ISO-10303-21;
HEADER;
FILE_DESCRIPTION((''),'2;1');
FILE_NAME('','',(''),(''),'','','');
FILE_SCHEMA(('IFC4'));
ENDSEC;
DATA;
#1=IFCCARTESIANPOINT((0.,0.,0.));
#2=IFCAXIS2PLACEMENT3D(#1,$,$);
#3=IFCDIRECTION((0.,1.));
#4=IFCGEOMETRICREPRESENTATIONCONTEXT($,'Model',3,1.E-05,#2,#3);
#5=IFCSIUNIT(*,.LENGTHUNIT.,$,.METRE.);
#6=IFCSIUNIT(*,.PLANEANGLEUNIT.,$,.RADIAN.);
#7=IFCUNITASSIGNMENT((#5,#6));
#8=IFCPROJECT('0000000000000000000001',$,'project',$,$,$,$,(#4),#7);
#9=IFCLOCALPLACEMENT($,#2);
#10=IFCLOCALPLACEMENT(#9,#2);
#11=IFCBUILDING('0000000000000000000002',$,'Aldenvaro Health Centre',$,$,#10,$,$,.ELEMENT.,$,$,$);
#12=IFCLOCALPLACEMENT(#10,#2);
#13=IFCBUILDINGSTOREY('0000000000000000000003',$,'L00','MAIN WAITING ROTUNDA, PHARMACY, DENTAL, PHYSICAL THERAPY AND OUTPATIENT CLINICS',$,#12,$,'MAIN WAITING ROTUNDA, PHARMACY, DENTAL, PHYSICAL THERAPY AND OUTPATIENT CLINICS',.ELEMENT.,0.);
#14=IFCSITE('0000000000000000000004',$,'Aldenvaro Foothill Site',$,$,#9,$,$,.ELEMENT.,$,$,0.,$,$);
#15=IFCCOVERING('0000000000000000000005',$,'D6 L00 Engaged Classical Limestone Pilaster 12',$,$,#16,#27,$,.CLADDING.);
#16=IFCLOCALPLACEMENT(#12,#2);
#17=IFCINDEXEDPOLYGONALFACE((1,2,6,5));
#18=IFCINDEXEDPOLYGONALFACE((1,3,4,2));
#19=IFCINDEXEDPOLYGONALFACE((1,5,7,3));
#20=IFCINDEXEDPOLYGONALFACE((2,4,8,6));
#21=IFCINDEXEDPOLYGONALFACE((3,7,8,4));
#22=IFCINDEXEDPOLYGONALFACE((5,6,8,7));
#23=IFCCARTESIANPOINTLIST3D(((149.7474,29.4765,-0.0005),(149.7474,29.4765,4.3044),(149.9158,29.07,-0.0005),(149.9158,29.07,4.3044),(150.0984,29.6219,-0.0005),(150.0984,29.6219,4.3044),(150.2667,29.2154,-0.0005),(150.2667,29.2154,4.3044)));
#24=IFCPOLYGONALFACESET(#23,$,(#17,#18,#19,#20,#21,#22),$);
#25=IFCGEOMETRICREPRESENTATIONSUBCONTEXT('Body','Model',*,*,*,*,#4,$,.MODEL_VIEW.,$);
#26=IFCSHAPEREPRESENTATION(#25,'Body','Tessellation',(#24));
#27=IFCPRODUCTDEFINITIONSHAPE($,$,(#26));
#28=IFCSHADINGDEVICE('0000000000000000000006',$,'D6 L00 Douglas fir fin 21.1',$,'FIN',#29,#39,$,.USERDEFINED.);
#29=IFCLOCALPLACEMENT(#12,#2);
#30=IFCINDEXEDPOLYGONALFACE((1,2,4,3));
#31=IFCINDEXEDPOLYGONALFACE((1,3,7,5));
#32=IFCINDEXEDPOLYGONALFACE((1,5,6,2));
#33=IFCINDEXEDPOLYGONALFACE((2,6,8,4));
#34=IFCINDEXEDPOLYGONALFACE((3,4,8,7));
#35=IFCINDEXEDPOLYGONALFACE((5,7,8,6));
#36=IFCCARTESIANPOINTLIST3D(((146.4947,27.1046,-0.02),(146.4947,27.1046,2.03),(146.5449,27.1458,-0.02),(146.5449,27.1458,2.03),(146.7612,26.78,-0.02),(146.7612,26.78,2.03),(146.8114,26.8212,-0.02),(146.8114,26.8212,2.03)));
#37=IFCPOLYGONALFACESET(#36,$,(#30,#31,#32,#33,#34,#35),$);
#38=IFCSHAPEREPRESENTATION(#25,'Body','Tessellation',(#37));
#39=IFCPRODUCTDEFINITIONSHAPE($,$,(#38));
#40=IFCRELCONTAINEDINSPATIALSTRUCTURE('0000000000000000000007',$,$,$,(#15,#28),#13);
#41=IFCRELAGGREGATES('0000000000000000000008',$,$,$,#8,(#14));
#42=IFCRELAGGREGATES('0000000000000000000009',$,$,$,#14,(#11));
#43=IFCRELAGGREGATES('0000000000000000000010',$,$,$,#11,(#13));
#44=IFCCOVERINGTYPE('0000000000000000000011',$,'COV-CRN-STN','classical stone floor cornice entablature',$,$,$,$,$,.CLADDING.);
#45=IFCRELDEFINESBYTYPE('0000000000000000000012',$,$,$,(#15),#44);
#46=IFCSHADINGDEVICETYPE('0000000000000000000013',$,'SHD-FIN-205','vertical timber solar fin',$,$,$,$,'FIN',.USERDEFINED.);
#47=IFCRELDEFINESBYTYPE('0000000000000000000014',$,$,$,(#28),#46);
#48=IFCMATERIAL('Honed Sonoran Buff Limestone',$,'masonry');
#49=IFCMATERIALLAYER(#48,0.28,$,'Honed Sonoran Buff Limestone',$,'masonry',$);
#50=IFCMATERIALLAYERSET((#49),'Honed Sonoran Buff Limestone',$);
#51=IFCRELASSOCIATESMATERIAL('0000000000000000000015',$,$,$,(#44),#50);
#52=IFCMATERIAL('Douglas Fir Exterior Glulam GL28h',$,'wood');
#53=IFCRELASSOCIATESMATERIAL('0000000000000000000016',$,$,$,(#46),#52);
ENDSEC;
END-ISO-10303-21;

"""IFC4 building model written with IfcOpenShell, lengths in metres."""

from ifc_helpers import new_model, si_unit, direction, frame, origin, origin_2d, place, context, subcontext, project, spatial, rectangle, extrude, material, layer, layer_set, type_object, element, save


model = new_model("IFC4")

# Units and contexts
model_context = context("Model", 3, precision=1e-05, world=origin(), true_north=direction((0.0, 1.0)))
body_context = subcontext(model_context, "Body", "Model", "MODEL_VIEW")
ifc_project = project(units=[si_unit("LENGTHUNIT", "METRE"), si_unit("PLANEANGLEUNIT", "RADIAN")], contexts=[model_context])

# Site, building, storey
site_placement = place(None, origin())
site = spatial("IfcSite", under=ifc_project, at=site_placement, Name="Aldenvaro Foothill Site", CompositionType="ELEMENT", RefElevation=0.0)
building_placement = place(site_placement, origin())
building = spatial("IfcBuilding", under=site, at=building_placement, Name="Aldenvaro Health Centre", CompositionType="ELEMENT")
storey_placement = place(building_placement, origin())
storey = spatial("IfcBuildingStorey", under=building, at=storey_placement, Name="L00", Description="MAIN WAITING ROTUNDA, PHARMACY, DENTAL, PHYSICAL THERAPY AND OUTPATIENT CLINICS", LongName="MAIN WAITING ROTUNDA, PHARMACY, DENTAL, PHYSICAL THERAPY AND OUTPATIENT CLINICS", CompositionType="ELEMENT", Elevation=0.0)

# Covering
ifc_material_1 = material(Name="Honed Sonoran Buff Limestone", Category="masonry")
ifc_layer_1 = layer(ifc_material_1, 0.28, Name="Honed Sonoran Buff Limestone", Category="masonry")
ifc_layer_set_1 = layer_set([ifc_layer_1], Name="Honed Sonoran Buff Limestone")
covering_type = type_object("IfcCoveringType", Name="COV-CRN-STN", Description="classical stone floor cornice entablature", PredefinedType="CLADDING", material=ifc_layer_set_1)
covering_1_placement = place(storey_placement, frame((150.0071, 29.3459, -0.0005), z_axis=(0.0, 0.0, 1.0), x_axis=(-0.382721, 0.923864, 0.0)))
element("IfcCovering", 1, at=covering_1_placement, inside=storey, type_object=covering_type, Name="D6 L00 Engaged Classical Limestone Pilaster 12", PredefinedType="CLADDING", context=body_context, shape_type="SweptSolid", body=[
    extrude(rectangle(XDim=0.4399, YDim=0.3799, at=origin_2d()), origin(), (0.0, 0.0, 1.0), 4.3049),
])

# Shading device
ifc_material_2 = material(Name="Douglas Fir Exterior Glulam GL28h", Category="wood")
shading_device_type = type_object("IfcShadingDeviceType", Name="SHD-FIN-205", Description="vertical timber solar fin", ElementType="FIN", PredefinedType="USERDEFINED", material=ifc_material_2)
shading_device_placement = place(storey_placement, frame((146.6531, 26.9629, -0.02), z_axis=(0.0, 0.0, 1.0), x_axis=(0.77286, 0.634577, 0.0)))
element("IfcShadingDevice", 2, at=shading_device_placement, inside=storey, type_object=shading_device_type, Name="D6 L00 Douglas fir fin 21.1", ObjectType="FIN", PredefinedType="USERDEFINED", context=body_context, shape_type="SweptSolid", body=[
    extrude(rectangle(XDim=0.0649, YDim=0.4199, at=origin_2d()), origin(), (0.0, 0.0, 1.0), 2.05),
])

save(model, "model.ifc")
